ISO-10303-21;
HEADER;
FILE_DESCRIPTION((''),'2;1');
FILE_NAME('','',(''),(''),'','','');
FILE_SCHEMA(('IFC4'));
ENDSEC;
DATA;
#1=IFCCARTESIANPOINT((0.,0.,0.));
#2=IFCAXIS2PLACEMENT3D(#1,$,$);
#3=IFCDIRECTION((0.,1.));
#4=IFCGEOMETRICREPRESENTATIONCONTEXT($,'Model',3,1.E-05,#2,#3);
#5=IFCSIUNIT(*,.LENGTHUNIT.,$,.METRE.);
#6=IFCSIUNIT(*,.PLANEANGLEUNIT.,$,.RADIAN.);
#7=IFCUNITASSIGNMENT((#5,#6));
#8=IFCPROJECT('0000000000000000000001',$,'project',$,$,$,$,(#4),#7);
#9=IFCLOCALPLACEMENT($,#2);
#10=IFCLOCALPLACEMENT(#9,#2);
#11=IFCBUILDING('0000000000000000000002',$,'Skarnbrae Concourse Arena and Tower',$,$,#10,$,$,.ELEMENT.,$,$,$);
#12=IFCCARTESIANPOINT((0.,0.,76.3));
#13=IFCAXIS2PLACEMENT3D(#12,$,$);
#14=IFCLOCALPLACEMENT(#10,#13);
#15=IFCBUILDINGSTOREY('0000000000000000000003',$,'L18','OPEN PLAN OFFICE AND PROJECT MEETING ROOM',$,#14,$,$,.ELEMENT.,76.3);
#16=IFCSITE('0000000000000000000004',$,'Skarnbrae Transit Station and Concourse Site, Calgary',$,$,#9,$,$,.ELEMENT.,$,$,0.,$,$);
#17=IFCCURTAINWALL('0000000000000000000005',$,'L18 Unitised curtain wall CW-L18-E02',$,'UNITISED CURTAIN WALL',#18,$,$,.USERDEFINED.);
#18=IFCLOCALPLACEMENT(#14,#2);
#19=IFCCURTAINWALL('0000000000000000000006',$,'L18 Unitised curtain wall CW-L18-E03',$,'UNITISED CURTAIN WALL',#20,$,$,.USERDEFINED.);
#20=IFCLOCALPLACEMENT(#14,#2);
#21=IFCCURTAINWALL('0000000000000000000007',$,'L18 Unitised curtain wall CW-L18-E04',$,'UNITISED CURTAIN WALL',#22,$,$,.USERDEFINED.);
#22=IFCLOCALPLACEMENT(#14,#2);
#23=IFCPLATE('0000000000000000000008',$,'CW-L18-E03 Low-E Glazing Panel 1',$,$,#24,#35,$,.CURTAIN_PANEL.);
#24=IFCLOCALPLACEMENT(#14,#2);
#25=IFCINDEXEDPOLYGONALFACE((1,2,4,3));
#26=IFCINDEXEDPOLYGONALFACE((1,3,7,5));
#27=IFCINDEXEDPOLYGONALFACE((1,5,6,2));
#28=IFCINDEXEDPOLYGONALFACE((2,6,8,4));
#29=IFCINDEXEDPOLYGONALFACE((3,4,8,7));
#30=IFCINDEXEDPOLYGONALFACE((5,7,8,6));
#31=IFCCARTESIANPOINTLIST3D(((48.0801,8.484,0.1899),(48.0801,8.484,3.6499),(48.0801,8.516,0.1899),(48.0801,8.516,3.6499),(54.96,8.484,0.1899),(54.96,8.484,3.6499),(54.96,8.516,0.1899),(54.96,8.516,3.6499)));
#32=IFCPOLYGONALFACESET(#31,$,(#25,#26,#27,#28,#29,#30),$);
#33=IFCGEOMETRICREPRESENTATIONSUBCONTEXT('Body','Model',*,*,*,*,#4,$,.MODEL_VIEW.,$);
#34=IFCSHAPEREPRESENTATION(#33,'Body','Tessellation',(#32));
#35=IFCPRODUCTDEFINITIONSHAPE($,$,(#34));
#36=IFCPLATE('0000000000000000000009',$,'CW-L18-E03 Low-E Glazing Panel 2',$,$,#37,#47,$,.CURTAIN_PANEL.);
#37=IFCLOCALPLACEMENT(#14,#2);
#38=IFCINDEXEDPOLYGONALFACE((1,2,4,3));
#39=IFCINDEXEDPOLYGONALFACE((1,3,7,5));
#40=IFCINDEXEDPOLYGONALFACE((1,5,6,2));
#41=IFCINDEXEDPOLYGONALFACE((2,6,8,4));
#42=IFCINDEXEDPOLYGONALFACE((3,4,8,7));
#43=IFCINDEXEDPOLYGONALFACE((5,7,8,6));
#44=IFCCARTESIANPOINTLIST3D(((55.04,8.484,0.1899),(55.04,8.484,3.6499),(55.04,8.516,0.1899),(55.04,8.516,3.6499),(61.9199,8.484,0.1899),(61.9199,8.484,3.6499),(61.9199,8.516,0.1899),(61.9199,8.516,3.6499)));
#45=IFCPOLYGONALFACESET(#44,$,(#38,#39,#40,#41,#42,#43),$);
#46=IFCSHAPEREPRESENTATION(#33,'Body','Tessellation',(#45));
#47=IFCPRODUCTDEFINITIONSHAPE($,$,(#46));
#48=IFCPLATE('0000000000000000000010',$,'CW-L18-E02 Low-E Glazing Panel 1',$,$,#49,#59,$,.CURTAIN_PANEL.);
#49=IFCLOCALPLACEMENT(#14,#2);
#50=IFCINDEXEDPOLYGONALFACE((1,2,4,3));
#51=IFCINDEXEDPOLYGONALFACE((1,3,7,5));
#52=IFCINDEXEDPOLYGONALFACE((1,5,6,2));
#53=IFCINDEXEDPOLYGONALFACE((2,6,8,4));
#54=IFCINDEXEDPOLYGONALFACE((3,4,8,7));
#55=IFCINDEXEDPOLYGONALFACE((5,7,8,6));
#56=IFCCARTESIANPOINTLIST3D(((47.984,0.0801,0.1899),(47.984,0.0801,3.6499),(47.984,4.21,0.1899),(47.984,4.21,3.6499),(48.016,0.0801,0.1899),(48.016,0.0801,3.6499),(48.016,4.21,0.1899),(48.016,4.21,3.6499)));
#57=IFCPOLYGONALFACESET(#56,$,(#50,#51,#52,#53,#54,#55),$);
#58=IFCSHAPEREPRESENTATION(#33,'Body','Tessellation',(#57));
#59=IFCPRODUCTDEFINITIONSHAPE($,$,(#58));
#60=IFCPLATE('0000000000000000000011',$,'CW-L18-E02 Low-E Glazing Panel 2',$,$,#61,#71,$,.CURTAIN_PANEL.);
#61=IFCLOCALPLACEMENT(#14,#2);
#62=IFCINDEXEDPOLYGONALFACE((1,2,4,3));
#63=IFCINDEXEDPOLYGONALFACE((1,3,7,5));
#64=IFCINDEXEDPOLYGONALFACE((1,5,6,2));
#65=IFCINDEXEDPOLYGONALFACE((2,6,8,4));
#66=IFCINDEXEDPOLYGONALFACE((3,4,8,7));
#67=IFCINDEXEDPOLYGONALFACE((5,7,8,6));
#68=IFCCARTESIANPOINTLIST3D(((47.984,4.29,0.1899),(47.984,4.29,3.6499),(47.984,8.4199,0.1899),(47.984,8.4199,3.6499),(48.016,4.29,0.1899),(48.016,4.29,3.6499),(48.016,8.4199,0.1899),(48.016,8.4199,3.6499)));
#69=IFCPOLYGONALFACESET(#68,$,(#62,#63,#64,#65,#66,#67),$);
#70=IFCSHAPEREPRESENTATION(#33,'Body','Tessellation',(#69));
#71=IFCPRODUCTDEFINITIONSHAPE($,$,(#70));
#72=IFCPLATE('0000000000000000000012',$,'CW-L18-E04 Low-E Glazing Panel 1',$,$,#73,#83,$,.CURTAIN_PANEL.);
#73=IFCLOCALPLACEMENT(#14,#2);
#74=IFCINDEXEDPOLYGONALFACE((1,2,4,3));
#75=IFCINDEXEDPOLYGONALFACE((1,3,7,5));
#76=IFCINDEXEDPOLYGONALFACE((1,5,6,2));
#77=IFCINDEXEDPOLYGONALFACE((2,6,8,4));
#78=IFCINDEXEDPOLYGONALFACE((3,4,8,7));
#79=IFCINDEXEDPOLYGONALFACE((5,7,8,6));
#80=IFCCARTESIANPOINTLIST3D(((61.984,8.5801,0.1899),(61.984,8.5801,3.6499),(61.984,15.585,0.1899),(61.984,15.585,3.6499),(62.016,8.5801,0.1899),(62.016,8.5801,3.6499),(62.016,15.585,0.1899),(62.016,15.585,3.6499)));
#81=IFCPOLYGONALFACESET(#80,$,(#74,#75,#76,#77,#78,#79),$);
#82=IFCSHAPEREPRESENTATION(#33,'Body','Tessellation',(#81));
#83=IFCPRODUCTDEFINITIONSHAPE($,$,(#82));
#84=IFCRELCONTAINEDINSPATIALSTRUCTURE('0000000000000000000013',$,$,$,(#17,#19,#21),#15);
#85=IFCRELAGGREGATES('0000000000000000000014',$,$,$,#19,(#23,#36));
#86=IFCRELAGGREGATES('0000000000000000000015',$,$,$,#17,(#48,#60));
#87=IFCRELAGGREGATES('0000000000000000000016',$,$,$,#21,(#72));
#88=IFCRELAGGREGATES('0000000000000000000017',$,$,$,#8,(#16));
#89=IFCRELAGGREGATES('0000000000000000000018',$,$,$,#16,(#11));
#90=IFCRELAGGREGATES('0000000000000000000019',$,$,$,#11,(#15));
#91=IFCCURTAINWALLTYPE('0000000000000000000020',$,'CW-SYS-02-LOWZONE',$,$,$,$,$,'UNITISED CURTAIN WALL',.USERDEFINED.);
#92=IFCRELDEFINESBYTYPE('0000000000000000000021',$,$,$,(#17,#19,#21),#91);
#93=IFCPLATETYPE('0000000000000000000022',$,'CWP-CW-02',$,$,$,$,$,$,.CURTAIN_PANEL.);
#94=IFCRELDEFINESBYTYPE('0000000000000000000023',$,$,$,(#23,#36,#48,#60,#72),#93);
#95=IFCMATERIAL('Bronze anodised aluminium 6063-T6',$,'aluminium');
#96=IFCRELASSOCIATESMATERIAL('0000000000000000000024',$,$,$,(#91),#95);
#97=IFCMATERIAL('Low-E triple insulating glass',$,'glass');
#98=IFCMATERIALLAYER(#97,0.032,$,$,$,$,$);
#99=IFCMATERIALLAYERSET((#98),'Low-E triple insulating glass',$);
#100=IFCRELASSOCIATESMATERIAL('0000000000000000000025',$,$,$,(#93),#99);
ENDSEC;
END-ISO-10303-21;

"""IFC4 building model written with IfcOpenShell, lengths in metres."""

from ifc_helpers import new_model, si_unit, direction, frame, origin, origin_2d, place, context, subcontext, project, spatial, rectangle, extrude, source, transform, mapped, material, layer, layer_set, type_object, element, aggregate, save


model = new_model("IFC4")

# Units and contexts
model_context = context("Model", 3, precision=1e-05, world=origin(), true_north=direction((0.0, 1.0)))
body_context = subcontext(model_context, "Body", "Model", "MODEL_VIEW")
ifc_project = project(units=[si_unit("LENGTHUNIT", "METRE"), si_unit("PLANEANGLEUNIT", "RADIAN")], contexts=[model_context])

# Site, building, storey
site_placement = place(None, origin())
site = spatial("IfcSite", under=ifc_project, at=site_placement, Name="Skarnbrae Transit Station and Concourse Site, Calgary", CompositionType="ELEMENT", RefElevation=0.0)
building_placement = place(site_placement, origin())
building = spatial("IfcBuilding", under=site, at=building_placement, Name="Skarnbrae Concourse Arena and Tower", CompositionType="ELEMENT")
storey_placement = place(building_placement, frame((0.0, 0.0, 76.3)))
storey = spatial("IfcBuildingStorey", under=building, at=storey_placement, Name="L18", Description="OPEN PLAN OFFICE AND PROJECT MEETING ROOM", CompositionType="ELEMENT", Elevation=76.3)

# Shared definitions
ifc_material_1 = material(Name="Bronze anodised aluminium 6063-T6", Category="aluminium")
curtain_wall_type = type_object("IfcCurtainWallType", Name="CW-SYS-02-LOWZONE", ElementType="UNITISED CURTAIN WALL", PredefinedType="USERDEFINED", material=ifc_material_1)

# Curtain walls
curtain_wall_1_placement = place(storey_placement, origin())
curtain_wall_1 = element("IfcCurtainWall", 1, at=curtain_wall_1_placement, inside=storey, type_object=curtain_wall_type, Name="L18 Unitised curtain wall CW-L18-E02", ObjectType="UNITISED CURTAIN WALL", PredefinedType="USERDEFINED")
curtain_wall_2_placement = place(storey_placement, origin())
curtain_wall_2 = element("IfcCurtainWall", 2, at=curtain_wall_2_placement, inside=storey, type_object=curtain_wall_type, Name="L18 Unitised curtain wall CW-L18-E03", ObjectType="UNITISED CURTAIN WALL", PredefinedType="USERDEFINED")

# Curtain wall
curtain_wall_3_placement = place(storey_placement, origin())
curtain_wall_3 = element("IfcCurtainWall", 3, at=curtain_wall_3_placement, inside=storey, type_object=curtain_wall_type, Name="L18 Unitised curtain wall CW-L18-E04", ObjectType="UNITISED CURTAIN WALL", PredefinedType="USERDEFINED")

# Plates
ifc_material_2 = material(Name="Low-E triple insulating glass", Category="glass")
ifc_layer_1 = layer(ifc_material_2, 0.032)
ifc_layer_set_1 = layer_set([ifc_layer_1], Name="Low-E triple insulating glass")
plate_type = type_object("IfcPlateType", Name="CWP-CW-02", PredefinedType="CURTAIN_PANEL", material=ifc_layer_set_1)
shared_shape_1 = source(origin(), body_context, "Body", "SweptSolid", [
    extrude(rectangle(XDim=6.8799, YDim=0.032, at=origin_2d()), origin(), (0.0, 0.0, 1.0), 3.46),
])
plate_1_placement = place(storey_placement, frame((51.52, 8.5, 0.1899), z_axis=(0.0, 0.0, 1.0), x_axis=(1.0, 0.0, 0.0)))
plate_1 = element("IfcPlate", 4, at=plate_1_placement, type_object=plate_type, Name="CW-L18-E03 Low-E Glazing Panel 1", PredefinedType="CURTAIN_PANEL", context=body_context, shape_type="MappedRepresentation", body=[
    mapped(shared_shape_1, transform((0.0, 0.0, 0.0))),
])
plate_2_placement = place(storey_placement, frame((58.48, 8.5, 0.1899), z_axis=(0.0, 0.0, 1.0), x_axis=(1.0, 0.0, 0.0)))
plate_2 = element("IfcPlate", 5, at=plate_2_placement, type_object=plate_type, Name="CW-L18-E03 Low-E Glazing Panel 2", PredefinedType="CURTAIN_PANEL", context=body_context, shape_type="MappedRepresentation", body=[
    mapped(shared_shape_1, transform((0.0, 0.0, 0.0))),
])
aggregate(curtain_wall_2, [plate_1, plate_2])
shared_shape_2 = source(origin(), body_context, "Body", "SweptSolid", [
    extrude(rectangle(XDim=4.1299, YDim=0.032, at=origin_2d()), origin(), (0.0, 0.0, 1.0), 3.46),
])
plate_3_placement = place(storey_placement, frame((48.0, 2.145, 0.1899), z_axis=(0.0, 0.0, 1.0), x_axis=(0.0, 1.0, 0.0)))
plate_3 = element("IfcPlate", 6, at=plate_3_placement, type_object=plate_type, Name="CW-L18-E02 Low-E Glazing Panel 1", PredefinedType="CURTAIN_PANEL", context=body_context, shape_type="MappedRepresentation", body=[
    mapped(shared_shape_2, transform((0.0, 0.0, 0.0))),
])
plate_4_placement = place(storey_placement, frame((48.0, 6.355, 0.1899), z_axis=(0.0, 0.0, 1.0), x_axis=(0.0, 1.0, 0.0)))
plate_4 = element("IfcPlate", 7, at=plate_4_placement, type_object=plate_type, Name="CW-L18-E02 Low-E Glazing Panel 2", PredefinedType="CURTAIN_PANEL", context=body_context, shape_type="MappedRepresentation", body=[
    mapped(shared_shape_2, transform((0.0, 0.0, 0.0))),
])
aggregate(curtain_wall_1, [plate_3, plate_4])
shared_shape_3 = source(origin(), body_context, "Body", "SweptSolid", [
    extrude(rectangle(XDim=7.0049, YDim=0.032, at=origin_2d()), origin(), (0.0, 0.0, 1.0), 3.46),
])
plate_5_placement = place(storey_placement, frame((62.0, 12.0825, 0.1899), z_axis=(0.0, 0.0, 1.0), x_axis=(0.0, 1.0, 0.0)))
plate_5 = element("IfcPlate", 8, at=plate_5_placement, type_object=plate_type, Name="CW-L18-E04 Low-E Glazing Panel 1", PredefinedType="CURTAIN_PANEL", context=body_context, shape_type="MappedRepresentation", body=[
    mapped(shared_shape_3, transform((0.0, 0.0, 0.0))),
])
aggregate(curtain_wall_3, [plate_5])

save(model, "model.ifc")
